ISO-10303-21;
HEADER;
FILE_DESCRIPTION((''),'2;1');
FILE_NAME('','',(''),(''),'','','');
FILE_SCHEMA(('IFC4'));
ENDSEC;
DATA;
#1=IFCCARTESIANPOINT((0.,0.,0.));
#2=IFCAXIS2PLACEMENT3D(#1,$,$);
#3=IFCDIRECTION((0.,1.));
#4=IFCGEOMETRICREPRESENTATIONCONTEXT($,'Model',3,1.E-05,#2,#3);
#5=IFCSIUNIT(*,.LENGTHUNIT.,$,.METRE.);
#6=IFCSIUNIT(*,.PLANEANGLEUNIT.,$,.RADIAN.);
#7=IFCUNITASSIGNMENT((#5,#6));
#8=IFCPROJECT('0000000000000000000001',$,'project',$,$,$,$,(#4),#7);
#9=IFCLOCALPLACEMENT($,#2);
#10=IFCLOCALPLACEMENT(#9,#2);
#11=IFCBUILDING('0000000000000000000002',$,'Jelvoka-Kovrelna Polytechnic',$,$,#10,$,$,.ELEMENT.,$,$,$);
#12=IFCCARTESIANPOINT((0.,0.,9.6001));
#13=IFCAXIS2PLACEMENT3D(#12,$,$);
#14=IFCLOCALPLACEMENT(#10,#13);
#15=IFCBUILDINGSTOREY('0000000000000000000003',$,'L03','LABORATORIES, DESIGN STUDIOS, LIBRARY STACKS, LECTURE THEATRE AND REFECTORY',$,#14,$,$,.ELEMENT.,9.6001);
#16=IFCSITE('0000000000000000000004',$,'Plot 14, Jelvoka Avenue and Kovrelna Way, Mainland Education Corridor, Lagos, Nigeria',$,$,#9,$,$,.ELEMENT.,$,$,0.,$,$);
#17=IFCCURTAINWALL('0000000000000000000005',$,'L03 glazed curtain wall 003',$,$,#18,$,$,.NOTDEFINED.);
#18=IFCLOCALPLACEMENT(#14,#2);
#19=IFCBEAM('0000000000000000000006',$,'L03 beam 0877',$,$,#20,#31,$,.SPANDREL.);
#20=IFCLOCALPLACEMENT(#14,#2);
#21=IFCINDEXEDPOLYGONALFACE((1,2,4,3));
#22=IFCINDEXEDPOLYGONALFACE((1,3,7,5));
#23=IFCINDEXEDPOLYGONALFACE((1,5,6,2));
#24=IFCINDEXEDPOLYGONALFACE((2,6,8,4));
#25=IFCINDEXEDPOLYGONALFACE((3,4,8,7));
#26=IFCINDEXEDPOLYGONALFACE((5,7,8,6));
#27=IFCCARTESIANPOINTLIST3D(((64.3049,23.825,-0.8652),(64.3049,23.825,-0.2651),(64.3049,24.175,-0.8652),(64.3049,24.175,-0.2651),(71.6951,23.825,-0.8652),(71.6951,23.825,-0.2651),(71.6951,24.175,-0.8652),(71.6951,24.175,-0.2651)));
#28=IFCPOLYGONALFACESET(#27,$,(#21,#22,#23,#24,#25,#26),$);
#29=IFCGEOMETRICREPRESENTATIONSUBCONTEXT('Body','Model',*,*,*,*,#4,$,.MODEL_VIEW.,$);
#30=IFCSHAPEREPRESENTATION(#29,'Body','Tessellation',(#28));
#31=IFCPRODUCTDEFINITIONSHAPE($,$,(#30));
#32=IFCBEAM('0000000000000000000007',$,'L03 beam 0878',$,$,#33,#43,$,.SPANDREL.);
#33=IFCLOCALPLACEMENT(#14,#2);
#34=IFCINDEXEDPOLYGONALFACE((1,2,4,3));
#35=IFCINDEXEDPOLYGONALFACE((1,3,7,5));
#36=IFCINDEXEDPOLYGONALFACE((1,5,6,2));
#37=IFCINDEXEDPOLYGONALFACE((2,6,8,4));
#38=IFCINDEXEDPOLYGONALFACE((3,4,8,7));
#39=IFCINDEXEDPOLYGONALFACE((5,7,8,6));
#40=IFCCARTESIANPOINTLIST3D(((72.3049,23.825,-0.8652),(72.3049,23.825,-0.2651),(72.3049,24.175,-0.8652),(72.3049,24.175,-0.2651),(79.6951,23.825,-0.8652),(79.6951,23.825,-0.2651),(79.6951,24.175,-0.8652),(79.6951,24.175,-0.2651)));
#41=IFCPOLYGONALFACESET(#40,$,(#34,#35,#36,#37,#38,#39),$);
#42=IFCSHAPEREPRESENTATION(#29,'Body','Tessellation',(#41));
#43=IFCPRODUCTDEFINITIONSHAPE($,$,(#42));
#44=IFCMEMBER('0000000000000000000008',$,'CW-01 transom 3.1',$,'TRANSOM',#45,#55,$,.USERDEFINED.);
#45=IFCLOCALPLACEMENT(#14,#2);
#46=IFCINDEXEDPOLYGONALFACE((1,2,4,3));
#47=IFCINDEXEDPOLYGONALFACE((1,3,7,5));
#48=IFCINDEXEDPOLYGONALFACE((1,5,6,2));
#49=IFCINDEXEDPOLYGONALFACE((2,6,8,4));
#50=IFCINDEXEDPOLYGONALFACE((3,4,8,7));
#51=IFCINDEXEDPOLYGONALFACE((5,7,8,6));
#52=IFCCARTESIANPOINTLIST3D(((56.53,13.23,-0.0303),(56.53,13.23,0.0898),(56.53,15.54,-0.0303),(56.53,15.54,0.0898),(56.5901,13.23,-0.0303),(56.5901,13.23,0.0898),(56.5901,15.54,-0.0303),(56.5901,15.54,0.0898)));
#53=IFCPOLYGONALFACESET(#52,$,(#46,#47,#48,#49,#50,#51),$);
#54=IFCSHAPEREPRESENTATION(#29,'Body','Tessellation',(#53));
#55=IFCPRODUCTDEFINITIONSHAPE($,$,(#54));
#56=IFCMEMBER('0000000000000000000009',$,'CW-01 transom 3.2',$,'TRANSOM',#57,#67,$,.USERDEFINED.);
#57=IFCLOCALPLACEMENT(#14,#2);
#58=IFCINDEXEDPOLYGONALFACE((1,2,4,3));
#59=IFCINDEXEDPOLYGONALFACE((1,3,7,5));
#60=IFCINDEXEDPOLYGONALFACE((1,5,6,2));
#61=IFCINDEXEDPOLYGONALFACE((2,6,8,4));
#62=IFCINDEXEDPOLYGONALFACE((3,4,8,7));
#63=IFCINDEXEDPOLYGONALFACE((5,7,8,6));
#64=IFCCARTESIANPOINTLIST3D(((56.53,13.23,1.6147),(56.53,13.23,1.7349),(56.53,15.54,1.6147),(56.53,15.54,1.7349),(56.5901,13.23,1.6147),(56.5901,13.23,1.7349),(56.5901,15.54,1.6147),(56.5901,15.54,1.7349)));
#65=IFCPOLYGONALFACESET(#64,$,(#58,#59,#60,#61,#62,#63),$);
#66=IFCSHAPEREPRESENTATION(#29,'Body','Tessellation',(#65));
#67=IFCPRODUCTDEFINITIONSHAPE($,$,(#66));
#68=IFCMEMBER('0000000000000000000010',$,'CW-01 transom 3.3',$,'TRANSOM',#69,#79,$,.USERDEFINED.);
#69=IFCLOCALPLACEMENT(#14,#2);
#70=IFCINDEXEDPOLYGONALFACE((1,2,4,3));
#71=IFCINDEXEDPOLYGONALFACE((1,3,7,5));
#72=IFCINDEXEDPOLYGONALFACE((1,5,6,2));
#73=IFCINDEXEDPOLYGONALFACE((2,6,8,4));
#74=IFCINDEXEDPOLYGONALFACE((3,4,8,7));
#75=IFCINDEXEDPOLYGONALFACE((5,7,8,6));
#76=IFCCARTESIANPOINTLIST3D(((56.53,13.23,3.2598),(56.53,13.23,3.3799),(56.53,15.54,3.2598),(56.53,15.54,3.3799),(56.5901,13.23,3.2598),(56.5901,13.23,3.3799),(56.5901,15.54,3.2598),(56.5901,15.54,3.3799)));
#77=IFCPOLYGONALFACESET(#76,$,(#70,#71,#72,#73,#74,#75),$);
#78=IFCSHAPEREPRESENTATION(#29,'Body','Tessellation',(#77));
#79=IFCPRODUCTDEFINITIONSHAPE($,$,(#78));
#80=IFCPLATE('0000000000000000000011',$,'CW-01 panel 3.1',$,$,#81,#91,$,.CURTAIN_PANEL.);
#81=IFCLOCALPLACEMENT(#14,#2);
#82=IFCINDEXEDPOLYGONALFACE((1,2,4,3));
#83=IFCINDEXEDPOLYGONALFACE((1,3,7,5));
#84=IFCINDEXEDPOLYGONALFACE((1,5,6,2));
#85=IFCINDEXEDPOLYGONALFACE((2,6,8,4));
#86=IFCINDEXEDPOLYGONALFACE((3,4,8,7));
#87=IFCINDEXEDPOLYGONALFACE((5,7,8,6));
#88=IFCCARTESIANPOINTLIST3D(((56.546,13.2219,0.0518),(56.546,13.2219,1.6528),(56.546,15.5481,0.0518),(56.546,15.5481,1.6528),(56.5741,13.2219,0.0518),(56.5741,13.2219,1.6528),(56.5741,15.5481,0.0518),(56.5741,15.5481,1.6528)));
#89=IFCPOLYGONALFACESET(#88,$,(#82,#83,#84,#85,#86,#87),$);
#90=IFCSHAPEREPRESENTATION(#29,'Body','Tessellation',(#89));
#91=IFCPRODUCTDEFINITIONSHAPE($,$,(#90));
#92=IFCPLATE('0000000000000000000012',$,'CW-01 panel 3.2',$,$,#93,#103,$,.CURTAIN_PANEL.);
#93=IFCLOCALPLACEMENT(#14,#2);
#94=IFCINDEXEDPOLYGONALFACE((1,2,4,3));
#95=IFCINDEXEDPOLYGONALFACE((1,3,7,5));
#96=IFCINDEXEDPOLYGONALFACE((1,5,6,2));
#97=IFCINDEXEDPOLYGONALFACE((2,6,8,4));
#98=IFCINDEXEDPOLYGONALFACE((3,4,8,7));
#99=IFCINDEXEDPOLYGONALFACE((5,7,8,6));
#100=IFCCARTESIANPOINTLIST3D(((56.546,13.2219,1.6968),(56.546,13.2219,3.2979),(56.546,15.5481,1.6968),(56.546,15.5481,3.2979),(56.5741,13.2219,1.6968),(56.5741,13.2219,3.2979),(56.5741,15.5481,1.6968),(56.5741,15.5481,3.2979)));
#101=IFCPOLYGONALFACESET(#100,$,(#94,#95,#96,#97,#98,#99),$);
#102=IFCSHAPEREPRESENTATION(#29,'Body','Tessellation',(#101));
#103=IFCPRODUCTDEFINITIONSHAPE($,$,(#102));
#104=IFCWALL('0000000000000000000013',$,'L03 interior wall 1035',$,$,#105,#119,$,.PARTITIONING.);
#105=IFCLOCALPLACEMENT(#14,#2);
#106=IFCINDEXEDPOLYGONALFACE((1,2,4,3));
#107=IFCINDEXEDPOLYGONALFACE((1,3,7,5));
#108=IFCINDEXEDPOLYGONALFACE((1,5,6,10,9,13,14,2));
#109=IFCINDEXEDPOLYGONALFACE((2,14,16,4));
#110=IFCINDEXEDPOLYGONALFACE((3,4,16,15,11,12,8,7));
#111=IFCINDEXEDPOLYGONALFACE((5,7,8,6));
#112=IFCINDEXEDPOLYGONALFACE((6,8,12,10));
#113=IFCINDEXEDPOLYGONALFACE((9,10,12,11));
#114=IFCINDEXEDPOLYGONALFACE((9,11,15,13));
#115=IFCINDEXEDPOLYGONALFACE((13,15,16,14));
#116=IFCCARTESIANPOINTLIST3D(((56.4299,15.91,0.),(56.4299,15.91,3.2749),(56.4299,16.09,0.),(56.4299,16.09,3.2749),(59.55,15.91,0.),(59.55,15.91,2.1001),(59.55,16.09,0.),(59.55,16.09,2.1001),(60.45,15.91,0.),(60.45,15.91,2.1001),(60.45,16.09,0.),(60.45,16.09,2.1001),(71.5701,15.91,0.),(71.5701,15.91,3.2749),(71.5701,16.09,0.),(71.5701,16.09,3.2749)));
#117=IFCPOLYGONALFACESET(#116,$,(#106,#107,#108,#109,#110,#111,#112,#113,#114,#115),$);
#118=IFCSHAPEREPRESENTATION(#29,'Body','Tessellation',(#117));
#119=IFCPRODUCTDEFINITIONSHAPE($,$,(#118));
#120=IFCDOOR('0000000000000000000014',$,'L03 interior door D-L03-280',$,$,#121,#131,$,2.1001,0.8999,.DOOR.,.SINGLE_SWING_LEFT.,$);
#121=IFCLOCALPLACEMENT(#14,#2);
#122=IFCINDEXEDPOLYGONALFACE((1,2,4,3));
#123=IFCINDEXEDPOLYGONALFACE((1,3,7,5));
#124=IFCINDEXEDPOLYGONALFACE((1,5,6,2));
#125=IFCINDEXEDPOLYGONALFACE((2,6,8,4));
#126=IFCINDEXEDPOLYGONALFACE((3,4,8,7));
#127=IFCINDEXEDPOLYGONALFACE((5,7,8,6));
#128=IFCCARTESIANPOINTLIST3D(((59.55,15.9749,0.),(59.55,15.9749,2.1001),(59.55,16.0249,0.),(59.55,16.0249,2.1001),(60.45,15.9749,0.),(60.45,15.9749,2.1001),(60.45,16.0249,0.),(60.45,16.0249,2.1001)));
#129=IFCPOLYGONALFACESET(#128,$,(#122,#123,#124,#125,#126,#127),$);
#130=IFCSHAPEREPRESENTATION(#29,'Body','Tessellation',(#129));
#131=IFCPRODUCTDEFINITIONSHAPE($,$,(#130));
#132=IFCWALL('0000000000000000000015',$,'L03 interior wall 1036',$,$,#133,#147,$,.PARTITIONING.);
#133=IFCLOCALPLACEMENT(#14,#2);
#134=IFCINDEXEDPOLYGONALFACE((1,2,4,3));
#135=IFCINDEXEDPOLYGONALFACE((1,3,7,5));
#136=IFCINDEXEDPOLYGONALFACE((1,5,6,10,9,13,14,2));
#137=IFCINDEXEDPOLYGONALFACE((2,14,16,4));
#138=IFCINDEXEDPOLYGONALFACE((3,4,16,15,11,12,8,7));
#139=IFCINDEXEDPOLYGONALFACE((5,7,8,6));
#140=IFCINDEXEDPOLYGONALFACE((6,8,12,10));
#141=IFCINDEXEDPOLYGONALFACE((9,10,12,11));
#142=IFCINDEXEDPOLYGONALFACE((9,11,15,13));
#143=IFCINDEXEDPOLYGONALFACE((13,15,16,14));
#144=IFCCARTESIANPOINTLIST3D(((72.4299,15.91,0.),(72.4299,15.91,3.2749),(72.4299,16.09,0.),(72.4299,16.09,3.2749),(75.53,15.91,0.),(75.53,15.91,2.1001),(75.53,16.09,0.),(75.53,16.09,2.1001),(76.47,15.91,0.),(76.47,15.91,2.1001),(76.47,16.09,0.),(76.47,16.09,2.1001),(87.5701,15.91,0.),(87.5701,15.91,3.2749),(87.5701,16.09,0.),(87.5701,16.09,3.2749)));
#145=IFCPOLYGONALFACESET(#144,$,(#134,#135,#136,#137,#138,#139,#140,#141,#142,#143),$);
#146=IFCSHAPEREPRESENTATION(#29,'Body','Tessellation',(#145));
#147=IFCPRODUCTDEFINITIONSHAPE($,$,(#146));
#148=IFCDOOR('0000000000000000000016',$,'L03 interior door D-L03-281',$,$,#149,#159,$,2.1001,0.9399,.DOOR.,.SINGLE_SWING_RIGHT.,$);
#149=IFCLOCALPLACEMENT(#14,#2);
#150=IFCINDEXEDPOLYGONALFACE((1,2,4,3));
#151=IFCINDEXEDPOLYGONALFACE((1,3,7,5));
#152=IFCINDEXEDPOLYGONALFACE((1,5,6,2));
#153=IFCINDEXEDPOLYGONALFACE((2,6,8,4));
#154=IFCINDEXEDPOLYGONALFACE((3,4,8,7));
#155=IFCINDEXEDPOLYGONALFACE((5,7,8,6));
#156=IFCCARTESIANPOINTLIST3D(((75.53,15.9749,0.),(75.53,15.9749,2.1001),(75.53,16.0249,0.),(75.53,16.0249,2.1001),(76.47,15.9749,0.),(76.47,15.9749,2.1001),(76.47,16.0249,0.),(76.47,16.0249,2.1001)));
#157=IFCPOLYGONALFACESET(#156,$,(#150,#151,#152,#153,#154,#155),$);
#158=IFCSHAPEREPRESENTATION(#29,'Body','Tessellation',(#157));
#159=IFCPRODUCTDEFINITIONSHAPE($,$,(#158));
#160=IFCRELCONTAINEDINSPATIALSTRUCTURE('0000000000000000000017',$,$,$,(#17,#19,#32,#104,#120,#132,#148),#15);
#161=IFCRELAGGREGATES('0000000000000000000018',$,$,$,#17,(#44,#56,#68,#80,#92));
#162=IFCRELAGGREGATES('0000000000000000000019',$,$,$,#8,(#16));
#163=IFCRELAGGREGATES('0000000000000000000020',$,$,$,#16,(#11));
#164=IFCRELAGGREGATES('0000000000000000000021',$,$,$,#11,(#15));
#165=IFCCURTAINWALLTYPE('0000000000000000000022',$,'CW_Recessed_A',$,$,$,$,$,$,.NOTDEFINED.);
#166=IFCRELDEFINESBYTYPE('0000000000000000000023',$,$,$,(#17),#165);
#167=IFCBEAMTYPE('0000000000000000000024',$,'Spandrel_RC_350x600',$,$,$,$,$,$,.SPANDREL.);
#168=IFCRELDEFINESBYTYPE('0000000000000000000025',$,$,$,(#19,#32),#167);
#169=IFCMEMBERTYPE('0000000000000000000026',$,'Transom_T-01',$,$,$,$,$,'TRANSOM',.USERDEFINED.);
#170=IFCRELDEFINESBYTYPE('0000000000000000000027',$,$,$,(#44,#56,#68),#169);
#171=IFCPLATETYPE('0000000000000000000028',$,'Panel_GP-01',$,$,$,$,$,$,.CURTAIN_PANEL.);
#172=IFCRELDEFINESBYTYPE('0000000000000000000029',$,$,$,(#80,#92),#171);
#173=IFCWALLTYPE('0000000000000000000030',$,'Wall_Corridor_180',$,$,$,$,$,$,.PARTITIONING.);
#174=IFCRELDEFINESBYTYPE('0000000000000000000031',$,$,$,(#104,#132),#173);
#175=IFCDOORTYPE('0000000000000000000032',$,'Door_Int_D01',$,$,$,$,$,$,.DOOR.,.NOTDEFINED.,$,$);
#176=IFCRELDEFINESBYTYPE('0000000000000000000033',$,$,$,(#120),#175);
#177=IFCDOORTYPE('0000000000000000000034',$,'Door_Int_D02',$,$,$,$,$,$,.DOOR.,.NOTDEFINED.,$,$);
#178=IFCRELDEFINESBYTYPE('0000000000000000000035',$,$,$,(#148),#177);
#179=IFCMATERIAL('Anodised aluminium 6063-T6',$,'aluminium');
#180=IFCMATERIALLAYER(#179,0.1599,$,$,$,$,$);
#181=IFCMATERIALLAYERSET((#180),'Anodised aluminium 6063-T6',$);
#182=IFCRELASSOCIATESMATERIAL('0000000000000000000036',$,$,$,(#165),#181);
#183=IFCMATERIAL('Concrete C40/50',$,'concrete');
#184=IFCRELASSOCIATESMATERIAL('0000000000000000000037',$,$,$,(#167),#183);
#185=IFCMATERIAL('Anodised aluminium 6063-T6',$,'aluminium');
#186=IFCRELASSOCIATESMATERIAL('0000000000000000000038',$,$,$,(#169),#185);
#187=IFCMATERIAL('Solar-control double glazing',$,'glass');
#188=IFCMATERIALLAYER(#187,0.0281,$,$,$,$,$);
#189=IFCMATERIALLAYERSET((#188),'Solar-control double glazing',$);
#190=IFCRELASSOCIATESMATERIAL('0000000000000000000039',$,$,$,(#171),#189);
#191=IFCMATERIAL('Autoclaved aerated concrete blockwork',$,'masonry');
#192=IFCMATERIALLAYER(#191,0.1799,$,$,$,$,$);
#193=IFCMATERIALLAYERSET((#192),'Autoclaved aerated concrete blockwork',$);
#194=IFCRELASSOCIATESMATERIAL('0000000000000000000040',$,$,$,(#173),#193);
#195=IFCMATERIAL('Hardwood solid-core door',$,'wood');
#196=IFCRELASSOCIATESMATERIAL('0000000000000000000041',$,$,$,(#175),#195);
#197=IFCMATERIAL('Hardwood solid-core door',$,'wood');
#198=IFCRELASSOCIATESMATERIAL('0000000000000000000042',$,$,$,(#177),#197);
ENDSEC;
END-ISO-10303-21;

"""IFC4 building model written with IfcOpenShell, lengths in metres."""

from ifc_helpers import new_model, si_unit, direction, frame, frame_2d, origin, origin_2d, place, context, subcontext, project, spatial, rectangle, extrude, material, layer, layer_set, material_profile, profile_set, type_object, element, fill, aggregate, save


model = new_model("IFC4")

# Units and contexts
model_context = context("Model", 3, precision=1e-05, world=origin(), true_north=direction((0.0, 1.0)))
body_context = subcontext(model_context, "Body", "Model", "MODEL_VIEW")
ifc_project = project(units=[si_unit("LENGTHUNIT", "METRE"), si_unit("PLANEANGLEUNIT", "RADIAN")], contexts=[model_context])

# Site, building, storey
site_placement = place(None, origin())
site = spatial("IfcSite", under=ifc_project, at=site_placement, Name="Plot 14, Jelvoka Avenue and Kovrelna Way, Mainland Education Corridor, Lagos, Nigeria", CompositionType="ELEMENT", RefElevation=0.0)
building_placement = place(site_placement, origin())
building = spatial("IfcBuilding", under=site, at=building_placement, Name="Jelvoka-Kovrelna Polytechnic", CompositionType="ELEMENT")
storey_placement = place(building_placement, frame((0.0, 0.0, 9.6001)))
storey = spatial("IfcBuildingStorey", under=building, at=storey_placement, Name="L03", Description="LABORATORIES, DESIGN STUDIOS, LIBRARY STACKS, LECTURE THEATRE AND REFECTORY", CompositionType="ELEMENT", Elevation=9.6001)

# Curtain wall
ifc_material_1 = material(Name="Anodised aluminium 6063-T6", Category="aluminium")
ifc_layer_1 = layer(ifc_material_1, 0.1599)
ifc_layer_set_1 = layer_set([ifc_layer_1], Name="Anodised aluminium 6063-T6")
curtain_wall_type = type_object("IfcCurtainWallType", Name="CW_Recessed_A", PredefinedType="NOTDEFINED", material=ifc_layer_set_1)
curtain_wall_placement = place(storey_placement, origin())
curtain_wall = element("IfcCurtainWall", 1, at=curtain_wall_placement, inside=storey, type_object=curtain_wall_type, Name="L03 glazed curtain wall 003", PredefinedType="NOTDEFINED")

# Beams
ifc_material_2 = material(Name="Concrete C40/50", Category="concrete")
ifc_material_profile_1 = material_profile(ifc_material_2, rectangle(XDim=0.3501, YDim=0.6001, at=origin_2d()), Name="RC 350x600")
ifc_profile_set_1 = profile_set([ifc_material_profile_1], Name="Concrete C40/50")
beam_type_1 = type_object("IfcBeamType", Name="Spandrel_RC_350x600", PredefinedType="SPANDREL", material=ifc_profile_set_1)
for number, where, z_axis, x_axis, name in (
    (2, (64.3049, 24.0, -0.5652), (1.0, 0.0, 0.0), (0.0, 1.0, 0.0), "L03 beam 0877"),
    (3, (72.3049, 24.0, -0.5652), (1.0, 0.0, 0.0), (0.0, 1.0, 0.0), "L03 beam 0878"),
):
    element("IfcBeam", number, at=place(storey_placement, frame(where, z_axis=z_axis, x_axis=x_axis)), inside=storey, type_object=beam_type_1, Name=name, PredefinedType="SPANDREL", context=body_context, shape_type="SweptSolid", body=[
        extrude(rectangle(XDim=0.3501, YDim=0.6001, at=origin_2d()), origin(), (0.0, 0.0, 1.0), 7.3901),
    ])

# Members
ifc_material_3 = material(Name="Anodised aluminium 6063-T6", Category="aluminium")
ifc_material_profile_2 = material_profile(ifc_material_3, rectangle(XDim=0.0601, YDim=0.1201, at=origin_2d()), Name="ALU 60x120")
ifc_profile_set_2 = profile_set([ifc_material_profile_2], Name="Anodised aluminium 6063-T6")
member_type_1 = type_object("IfcMemberType", Name="Transom_T-01", ElementType="TRANSOM", PredefinedType="USERDEFINED", material=ifc_profile_set_2)
member_1_placement = place(storey_placement, frame((56.5601, 13.23, 0.0298), z_axis=(0.0, 1.0, 0.0), x_axis=(-1.0, 0.0, 0.0)))
member_1 = element("IfcMember", 4, at=member_1_placement, type_object=member_type_1, Name="CW-01 transom 3.1", ObjectType="TRANSOM", PredefinedType="USERDEFINED", context=body_context, shape_type="SweptSolid", body=[
    extrude(rectangle(XDim=0.0601, YDim=0.1201, at=origin_2d()), origin(), (0.0, 0.0, 1.0), 2.3101),
])
member_2_placement = place(storey_placement, frame((56.5601, 13.23, 1.6748), z_axis=(0.0, 1.0, 0.0), x_axis=(-1.0, 0.0, 0.0)))
member_2 = element("IfcMember", 5, at=member_2_placement, type_object=member_type_1, Name="CW-01 transom 3.2", ObjectType="TRANSOM", PredefinedType="USERDEFINED", context=body_context, shape_type="SweptSolid", body=[
    extrude(rectangle(XDim=0.0601, YDim=0.1201, at=origin_2d()), origin(), (0.0, 0.0, 1.0), 2.3101),
])
member_3_placement = place(storey_placement, frame((56.5601, 13.23, 3.3198), z_axis=(0.0, 1.0, 0.0), x_axis=(-1.0, 0.0, 0.0)))
member_3 = element("IfcMember", 6, at=member_3_placement, type_object=member_type_1, Name="CW-01 transom 3.3", ObjectType="TRANSOM", PredefinedType="USERDEFINED", context=body_context, shape_type="SweptSolid", body=[
    extrude(rectangle(XDim=0.0601, YDim=0.1201, at=origin_2d()), origin(), (0.0, 0.0, 1.0), 2.3101),
])

# Plates
ifc_material_4 = material(Name="Solar-control double glazing", Category="glass")
ifc_layer_2 = layer(ifc_material_4, 0.0281)
ifc_layer_set_2 = layer_set([ifc_layer_2], Name="Solar-control double glazing")
plate_type = type_object("IfcPlateType", Name="Panel_GP-01", PredefinedType="CURTAIN_PANEL", material=ifc_layer_set_2)
plate_1_placement = place(storey_placement, frame((56.5601, 14.385, 0.0518), z_axis=(0.0, 0.0, 1.0), x_axis=(0.0, 1.0, 0.0)))
plate_1 = element("IfcPlate", 7, at=plate_1_placement, type_object=plate_type, Name="CW-01 panel 3.1", PredefinedType="CURTAIN_PANEL", context=body_context, shape_type="SweptSolid", body=[
    extrude(rectangle(XDim=2.3262, YDim=0.0281, at=origin_2d()), origin(), (0.0, 0.0, 1.0), 1.6011),
])
plate_2_placement = place(storey_placement, frame((56.5601, 14.385, 1.6968), z_axis=(0.0, 0.0, 1.0), x_axis=(0.0, 1.0, 0.0)))
plate_2 = element("IfcPlate", 8, at=plate_2_placement, type_object=plate_type, Name="CW-01 panel 3.2", PredefinedType="CURTAIN_PANEL", context=body_context, shape_type="SweptSolid", body=[
    extrude(rectangle(XDim=2.3262, YDim=0.0281, at=origin_2d()), origin(), (0.0, 0.0, 1.0), 1.6011),
])
aggregate(curtain_wall, [member_1, member_2, member_3, plate_1, plate_2])

# Walls, openings, doors
ifc_material_5 = material(Name="Autoclaved aerated concrete blockwork", Category="masonry")
ifc_layer_3 = layer(ifc_material_5, 0.1799)
ifc_layer_set_3 = layer_set([ifc_layer_3], Name="Autoclaved aerated concrete blockwork")
wall_type_1 = type_object("IfcWallType", Name="Wall_Corridor_180", PredefinedType="PARTITIONING", material=ifc_layer_set_3)
wall_1_placement = place(storey_placement, frame((56.4299, 16.0, 0.0), z_axis=(0.0, 0.0, 1.0), x_axis=(1.0, 0.0, 0.0)))
wall_1 = element("IfcWall", 9, at=wall_1_placement, inside=storey, type_object=wall_type_1, Name="L03 interior wall 1035", PredefinedType="PARTITIONING", context=body_context, shape_type="SweptSolid", body=[
    extrude(rectangle(XDim=15.1401, YDim=0.1799, at=frame_2d((7.5701, 0.0))), origin(), (0.0, 0.0, 1.0), 3.2749),
])
opening_1_placement = place(wall_1_placement, frame((3.1201, 0.0, 0.0)))
opening_1 = element("IfcOpeningElement", 10, at=opening_1_placement, cuts=wall_1, PredefinedType="OPENING", context=body_context, shape_type="SweptSolid", body=[
    extrude(rectangle(XDim=0.8999, YDim=2.1001, at=frame_2d((0.45, 1.05))), frame((0.0, 0.0999, 0.0), z_axis=(0.0, -1.0, 0.0), x_axis=(1.0, 0.0, 0.0)), (0.0, 0.0, 1.0), 0.2),
])
ifc_material_6 = material(Name="Hardwood solid-core door", Category="wood")
door_type_1 = type_object("IfcDoorType", Name="Door_Int_D01", OperationType="NOTDEFINED", PredefinedType="DOOR", material=ifc_material_6)
door_1_placement = place(opening_1_placement, origin())
door_1 = element("IfcDoor", 11, at=door_1_placement, inside=storey, type_object=door_type_1, Name="L03 interior door D-L03-280", OperationType="SINGLE_SWING_LEFT", OverallHeight=2.1001, OverallWidth=0.8999, PredefinedType="DOOR", context=body_context, shape_type="SweptSolid", body=[
    extrude(rectangle(XDim=0.8999, YDim=2.1001, at=frame_2d((0.45, 1.05))), frame((0.0, 0.0249, 0.0), z_axis=(0.0, -1.0, 0.0), x_axis=(1.0, 0.0, 0.0)), (0.0, 0.0, 1.0), 0.05),
])
fill(opening_1, door_1)
wall_2_placement = place(storey_placement, frame((72.4299, 16.0, 0.0), z_axis=(0.0, 0.0, 1.0), x_axis=(1.0, 0.0, 0.0)))
wall_2 = element("IfcWall", 12, at=wall_2_placement, inside=storey, type_object=wall_type_1, Name="L03 interior wall 1036", PredefinedType="PARTITIONING", context=body_context, shape_type="SweptSolid", body=[
    extrude(rectangle(XDim=15.1401, YDim=0.1799, at=frame_2d((7.5701, 0.0))), origin(), (0.0, 0.0, 1.0), 3.2749),
])
opening_2_placement = place(wall_2_placement, frame((3.1001, 0.0, 0.0)))
opening_2 = element("IfcOpeningElement", 13, at=opening_2_placement, cuts=wall_2, PredefinedType="OPENING", context=body_context, shape_type="SweptSolid", body=[
    extrude(rectangle(XDim=0.9399, YDim=2.1001, at=frame_2d((0.47, 1.05))), frame((0.0, 0.0999, 0.0), z_axis=(0.0, -1.0, 0.0), x_axis=(1.0, 0.0, 0.0)), (0.0, 0.0, 1.0), 0.2),
])
ifc_material_7 = material(Name="Hardwood solid-core door", Category="wood")
door_type_2 = type_object("IfcDoorType", Name="Door_Int_D02", OperationType="NOTDEFINED", PredefinedType="DOOR", material=ifc_material_7)
door_2_placement = place(opening_2_placement, origin())
door_2 = element("IfcDoor", 14, at=door_2_placement, inside=storey, type_object=door_type_2, Name="L03 interior door D-L03-281", OperationType="SINGLE_SWING_RIGHT", OverallHeight=2.1001, OverallWidth=0.9399, PredefinedType="DOOR", context=body_context, shape_type="SweptSolid", body=[
    extrude(rectangle(XDim=0.9399, YDim=2.1001, at=frame_2d((0.47, 1.05))), frame((0.0, 0.0249, 0.0), z_axis=(0.0, -1.0, 0.0), x_axis=(1.0, 0.0, 0.0)), (0.0, 0.0, 1.0), 0.05),
])
fill(opening_2, door_2)

save(model, "model.ifc")
